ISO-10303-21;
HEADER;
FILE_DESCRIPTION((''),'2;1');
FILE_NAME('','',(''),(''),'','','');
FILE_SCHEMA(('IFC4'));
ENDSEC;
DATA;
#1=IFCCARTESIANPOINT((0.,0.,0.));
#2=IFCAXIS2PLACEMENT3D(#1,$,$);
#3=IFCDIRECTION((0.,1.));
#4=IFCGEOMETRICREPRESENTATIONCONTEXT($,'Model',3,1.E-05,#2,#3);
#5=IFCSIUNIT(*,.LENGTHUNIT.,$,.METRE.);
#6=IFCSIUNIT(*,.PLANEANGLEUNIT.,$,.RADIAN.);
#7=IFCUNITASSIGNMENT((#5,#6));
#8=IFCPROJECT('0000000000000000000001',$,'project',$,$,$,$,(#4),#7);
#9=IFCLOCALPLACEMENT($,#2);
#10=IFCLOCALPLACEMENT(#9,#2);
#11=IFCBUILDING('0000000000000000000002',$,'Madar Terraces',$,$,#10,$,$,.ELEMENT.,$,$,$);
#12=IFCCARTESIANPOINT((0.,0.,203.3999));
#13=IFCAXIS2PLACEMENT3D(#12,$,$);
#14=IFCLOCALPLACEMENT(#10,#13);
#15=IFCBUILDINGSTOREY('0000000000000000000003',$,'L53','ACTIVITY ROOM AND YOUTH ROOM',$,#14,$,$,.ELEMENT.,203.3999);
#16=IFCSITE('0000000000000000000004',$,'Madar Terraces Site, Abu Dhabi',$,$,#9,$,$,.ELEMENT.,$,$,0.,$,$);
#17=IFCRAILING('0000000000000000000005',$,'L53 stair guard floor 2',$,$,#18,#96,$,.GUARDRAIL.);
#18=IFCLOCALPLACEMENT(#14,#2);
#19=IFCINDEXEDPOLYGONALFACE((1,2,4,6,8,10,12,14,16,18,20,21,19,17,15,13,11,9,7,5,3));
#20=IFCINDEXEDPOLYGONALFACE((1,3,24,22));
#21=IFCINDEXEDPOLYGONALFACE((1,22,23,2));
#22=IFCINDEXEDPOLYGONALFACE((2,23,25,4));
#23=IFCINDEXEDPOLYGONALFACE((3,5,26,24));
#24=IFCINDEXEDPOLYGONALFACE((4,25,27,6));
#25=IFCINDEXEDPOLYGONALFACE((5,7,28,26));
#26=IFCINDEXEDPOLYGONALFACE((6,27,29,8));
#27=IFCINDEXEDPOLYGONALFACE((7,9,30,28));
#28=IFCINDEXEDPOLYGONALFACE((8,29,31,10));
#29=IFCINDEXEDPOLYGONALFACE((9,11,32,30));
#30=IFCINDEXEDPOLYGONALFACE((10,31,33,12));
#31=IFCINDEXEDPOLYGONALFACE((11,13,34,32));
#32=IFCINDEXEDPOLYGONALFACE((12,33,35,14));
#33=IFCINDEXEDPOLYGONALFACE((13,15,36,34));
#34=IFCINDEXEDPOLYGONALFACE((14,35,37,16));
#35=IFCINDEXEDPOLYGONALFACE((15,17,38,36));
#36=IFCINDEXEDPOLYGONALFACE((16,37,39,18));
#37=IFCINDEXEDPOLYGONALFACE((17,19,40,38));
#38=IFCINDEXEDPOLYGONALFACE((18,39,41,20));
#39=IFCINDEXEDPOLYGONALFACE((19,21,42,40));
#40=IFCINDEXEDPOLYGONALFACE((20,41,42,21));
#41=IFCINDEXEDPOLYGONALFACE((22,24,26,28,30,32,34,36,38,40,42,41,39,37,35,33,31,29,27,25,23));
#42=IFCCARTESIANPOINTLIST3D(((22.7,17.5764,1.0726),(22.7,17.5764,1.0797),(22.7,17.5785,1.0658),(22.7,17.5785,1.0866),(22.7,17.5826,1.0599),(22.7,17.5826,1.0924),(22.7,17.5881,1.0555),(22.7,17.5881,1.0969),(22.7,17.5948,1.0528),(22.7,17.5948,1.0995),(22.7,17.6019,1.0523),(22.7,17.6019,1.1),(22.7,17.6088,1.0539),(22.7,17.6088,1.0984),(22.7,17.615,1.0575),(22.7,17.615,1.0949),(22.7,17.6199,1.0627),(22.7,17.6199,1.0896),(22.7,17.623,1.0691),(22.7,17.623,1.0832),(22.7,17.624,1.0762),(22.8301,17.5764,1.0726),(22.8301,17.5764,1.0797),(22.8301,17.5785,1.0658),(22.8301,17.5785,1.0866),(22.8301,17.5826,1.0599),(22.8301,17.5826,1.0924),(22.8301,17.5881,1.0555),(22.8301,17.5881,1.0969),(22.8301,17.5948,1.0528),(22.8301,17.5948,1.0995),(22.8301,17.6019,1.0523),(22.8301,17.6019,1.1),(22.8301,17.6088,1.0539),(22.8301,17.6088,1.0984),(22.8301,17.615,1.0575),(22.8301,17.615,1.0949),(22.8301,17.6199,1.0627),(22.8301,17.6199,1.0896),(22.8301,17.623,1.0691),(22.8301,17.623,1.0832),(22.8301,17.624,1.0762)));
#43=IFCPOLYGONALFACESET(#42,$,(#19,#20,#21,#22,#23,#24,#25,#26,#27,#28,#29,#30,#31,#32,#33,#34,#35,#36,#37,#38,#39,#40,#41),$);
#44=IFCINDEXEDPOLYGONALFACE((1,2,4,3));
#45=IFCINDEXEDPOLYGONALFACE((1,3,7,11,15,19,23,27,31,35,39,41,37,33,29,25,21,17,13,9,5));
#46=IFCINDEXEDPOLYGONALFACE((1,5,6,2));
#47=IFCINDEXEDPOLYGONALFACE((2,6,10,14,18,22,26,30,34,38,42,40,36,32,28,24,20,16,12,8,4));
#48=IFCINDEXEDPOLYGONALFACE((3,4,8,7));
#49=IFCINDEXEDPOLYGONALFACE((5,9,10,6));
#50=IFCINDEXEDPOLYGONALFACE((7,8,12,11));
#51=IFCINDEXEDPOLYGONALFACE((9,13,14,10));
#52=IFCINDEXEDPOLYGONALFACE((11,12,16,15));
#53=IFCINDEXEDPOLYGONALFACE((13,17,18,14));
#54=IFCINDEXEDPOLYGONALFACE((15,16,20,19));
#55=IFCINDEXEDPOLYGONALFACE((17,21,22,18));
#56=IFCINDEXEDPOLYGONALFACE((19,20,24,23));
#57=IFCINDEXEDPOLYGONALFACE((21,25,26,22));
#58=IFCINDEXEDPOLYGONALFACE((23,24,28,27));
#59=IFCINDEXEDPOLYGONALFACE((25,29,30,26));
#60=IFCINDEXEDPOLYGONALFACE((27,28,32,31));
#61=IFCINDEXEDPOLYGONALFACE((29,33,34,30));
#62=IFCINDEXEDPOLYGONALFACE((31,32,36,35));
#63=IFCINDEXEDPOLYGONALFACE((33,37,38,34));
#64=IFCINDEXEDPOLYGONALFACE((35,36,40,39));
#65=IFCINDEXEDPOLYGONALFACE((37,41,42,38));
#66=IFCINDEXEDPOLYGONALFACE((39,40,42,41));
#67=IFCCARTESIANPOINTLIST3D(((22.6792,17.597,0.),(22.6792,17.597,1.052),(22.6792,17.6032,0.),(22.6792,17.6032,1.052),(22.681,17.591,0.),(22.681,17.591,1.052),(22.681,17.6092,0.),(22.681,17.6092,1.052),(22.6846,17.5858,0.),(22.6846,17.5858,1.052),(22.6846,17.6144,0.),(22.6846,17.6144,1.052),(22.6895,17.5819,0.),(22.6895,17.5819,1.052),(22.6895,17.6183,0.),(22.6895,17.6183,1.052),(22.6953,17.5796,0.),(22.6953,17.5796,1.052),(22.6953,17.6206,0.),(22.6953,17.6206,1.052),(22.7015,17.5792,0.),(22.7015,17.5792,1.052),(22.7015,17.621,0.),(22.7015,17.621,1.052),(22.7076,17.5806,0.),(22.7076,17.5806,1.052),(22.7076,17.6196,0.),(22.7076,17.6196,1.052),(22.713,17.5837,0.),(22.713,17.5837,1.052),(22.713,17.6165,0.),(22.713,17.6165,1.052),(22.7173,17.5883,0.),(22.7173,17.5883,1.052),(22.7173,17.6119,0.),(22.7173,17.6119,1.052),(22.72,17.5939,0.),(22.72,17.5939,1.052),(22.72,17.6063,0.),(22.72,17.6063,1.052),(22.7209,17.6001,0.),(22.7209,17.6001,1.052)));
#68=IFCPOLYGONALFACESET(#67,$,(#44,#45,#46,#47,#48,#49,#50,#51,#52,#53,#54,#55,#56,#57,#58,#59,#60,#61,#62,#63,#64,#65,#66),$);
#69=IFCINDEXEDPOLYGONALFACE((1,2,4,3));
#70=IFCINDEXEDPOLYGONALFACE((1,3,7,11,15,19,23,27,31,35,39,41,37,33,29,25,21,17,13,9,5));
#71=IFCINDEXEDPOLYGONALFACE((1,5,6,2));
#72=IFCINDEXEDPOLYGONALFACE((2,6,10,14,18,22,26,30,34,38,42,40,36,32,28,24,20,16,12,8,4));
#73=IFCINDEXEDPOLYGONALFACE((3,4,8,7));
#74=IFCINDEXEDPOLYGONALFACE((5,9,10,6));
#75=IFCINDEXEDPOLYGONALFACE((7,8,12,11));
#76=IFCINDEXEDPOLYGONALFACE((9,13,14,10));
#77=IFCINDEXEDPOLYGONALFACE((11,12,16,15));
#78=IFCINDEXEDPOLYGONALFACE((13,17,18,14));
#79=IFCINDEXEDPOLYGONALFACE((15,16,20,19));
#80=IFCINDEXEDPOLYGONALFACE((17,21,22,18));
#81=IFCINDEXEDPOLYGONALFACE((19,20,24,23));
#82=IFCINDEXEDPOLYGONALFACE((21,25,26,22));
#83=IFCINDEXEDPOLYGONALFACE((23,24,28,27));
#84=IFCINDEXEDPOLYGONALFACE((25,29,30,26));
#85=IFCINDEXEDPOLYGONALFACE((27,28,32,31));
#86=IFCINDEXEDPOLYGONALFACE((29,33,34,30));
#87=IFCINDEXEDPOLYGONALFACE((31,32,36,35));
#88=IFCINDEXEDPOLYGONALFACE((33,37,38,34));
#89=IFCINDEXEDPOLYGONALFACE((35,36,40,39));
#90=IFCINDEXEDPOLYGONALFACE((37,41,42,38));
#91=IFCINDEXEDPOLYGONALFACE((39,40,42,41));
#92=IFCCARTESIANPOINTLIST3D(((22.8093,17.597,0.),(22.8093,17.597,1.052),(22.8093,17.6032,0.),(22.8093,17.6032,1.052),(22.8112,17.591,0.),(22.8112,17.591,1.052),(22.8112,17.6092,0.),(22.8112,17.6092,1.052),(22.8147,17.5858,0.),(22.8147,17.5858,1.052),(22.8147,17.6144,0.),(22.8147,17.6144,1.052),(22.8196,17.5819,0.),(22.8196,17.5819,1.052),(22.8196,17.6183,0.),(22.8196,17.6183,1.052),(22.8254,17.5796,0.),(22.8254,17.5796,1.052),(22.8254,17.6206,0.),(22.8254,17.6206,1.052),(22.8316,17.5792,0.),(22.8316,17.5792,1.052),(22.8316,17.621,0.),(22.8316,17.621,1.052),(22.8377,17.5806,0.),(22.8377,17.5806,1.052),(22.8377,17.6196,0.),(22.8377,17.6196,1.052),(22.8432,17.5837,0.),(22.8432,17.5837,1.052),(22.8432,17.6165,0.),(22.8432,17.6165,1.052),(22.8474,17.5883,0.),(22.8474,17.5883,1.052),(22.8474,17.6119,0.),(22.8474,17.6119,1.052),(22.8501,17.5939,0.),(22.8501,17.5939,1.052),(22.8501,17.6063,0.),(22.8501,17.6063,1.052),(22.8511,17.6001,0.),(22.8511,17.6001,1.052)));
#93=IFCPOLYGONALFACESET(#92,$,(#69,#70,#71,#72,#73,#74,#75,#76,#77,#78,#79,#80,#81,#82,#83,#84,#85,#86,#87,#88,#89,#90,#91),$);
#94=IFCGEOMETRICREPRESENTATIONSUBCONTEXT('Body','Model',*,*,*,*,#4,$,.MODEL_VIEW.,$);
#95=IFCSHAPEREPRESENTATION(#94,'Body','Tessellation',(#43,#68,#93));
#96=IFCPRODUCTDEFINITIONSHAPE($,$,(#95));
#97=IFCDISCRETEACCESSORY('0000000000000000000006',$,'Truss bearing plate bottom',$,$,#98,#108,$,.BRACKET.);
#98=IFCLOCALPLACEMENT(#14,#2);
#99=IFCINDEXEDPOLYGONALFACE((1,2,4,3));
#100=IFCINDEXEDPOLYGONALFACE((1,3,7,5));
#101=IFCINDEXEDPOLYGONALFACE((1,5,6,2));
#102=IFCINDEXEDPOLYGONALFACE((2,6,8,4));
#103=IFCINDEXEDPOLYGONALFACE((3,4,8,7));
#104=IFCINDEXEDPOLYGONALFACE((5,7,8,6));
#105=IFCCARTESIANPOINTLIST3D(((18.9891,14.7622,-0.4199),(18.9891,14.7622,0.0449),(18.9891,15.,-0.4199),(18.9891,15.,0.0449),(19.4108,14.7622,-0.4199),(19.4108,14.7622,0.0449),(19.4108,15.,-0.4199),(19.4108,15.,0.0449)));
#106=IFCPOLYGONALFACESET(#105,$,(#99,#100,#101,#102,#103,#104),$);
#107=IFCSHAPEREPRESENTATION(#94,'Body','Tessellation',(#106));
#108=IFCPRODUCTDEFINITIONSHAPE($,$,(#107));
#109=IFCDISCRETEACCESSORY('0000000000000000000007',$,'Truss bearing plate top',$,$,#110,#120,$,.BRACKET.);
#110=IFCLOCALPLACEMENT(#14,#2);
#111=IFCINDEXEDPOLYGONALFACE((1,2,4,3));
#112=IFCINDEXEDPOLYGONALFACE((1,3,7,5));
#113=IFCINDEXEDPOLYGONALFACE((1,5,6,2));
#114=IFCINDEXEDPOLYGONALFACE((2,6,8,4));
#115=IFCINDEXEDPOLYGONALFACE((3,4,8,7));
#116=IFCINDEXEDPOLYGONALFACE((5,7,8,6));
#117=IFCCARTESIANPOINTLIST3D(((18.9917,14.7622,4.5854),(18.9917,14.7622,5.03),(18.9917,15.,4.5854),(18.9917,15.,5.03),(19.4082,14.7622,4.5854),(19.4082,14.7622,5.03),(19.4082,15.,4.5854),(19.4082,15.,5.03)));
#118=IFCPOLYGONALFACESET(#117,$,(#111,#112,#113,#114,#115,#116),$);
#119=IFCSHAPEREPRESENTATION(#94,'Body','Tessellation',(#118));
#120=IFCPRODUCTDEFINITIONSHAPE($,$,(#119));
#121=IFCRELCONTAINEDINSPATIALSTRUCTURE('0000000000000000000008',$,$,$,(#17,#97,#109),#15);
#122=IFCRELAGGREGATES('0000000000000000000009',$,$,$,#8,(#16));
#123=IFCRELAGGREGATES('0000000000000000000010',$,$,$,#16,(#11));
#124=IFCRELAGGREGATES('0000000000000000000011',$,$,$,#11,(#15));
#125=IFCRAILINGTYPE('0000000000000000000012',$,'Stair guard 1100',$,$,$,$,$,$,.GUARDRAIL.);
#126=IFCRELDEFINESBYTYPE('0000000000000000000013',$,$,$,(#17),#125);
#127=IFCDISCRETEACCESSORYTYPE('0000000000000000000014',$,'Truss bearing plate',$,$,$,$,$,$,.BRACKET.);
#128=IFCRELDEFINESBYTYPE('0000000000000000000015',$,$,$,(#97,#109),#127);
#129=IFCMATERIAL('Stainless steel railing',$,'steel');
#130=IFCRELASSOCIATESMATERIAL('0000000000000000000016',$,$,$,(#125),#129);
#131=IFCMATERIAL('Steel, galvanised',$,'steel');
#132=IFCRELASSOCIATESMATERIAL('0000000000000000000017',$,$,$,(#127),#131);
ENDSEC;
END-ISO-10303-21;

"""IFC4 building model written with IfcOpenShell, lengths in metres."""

from ifc_helpers import new_model, si_unit, direction, frame, origin, origin_2d, place, context, subcontext, project, spatial, rectangle, circle, extrude, material, type_object, element, save


model = new_model("IFC4")

# Units and contexts
model_context = context("Model", 3, precision=1e-05, world=origin(), true_north=direction((0.0, 1.0)))
body_context = subcontext(model_context, "Body", "Model", "MODEL_VIEW")
ifc_project = project(units=[si_unit("LENGTHUNIT", "METRE"), si_unit("PLANEANGLEUNIT", "RADIAN")], contexts=[model_context])

# Site, building, storey
site_placement = place(None, origin())
site = spatial("IfcSite", under=ifc_project, at=site_placement, Name="Madar Terraces Site, Abu Dhabi", CompositionType="ELEMENT", RefElevation=0.0)
building_placement = place(site_placement, origin())
building = spatial("IfcBuilding", under=site, at=building_placement, Name="Madar Terraces", CompositionType="ELEMENT")
storey_placement = place(building_placement, frame((0.0, 0.0, 203.3999)))
storey = spatial("IfcBuildingStorey", under=building, at=storey_placement, Name="L53", Description="ACTIVITY ROOM AND YOUTH ROOM", CompositionType="ELEMENT", Elevation=203.3999)

# Railing
ifc_material_1 = material(Name="Stainless steel railing", Category="steel")
railing_type_1 = type_object("IfcRailingType", Name="Stair guard 1100", PredefinedType="GUARDRAIL", material=ifc_material_1)
railing_1_placement = place(storey_placement, frame((22.7, 17.6001, 0.0)))
element("IfcRailing", 1, at=railing_1_placement, inside=storey, type_object=railing_type_1, Name="L53 stair guard floor 2", PredefinedType="GUARDRAIL", context=body_context, shape_type="SweptSolid", body=[
    extrude(circle(Radius=0.0239, at=origin_2d()), frame((0.0, 0.0, 1.0762), z_axis=(1.0, 0.0, 0.0), x_axis=(0.0, 1.0, 0.0)), (0.0, 0.0, 1.0), 0.1301),
    extrude(circle(Radius=0.021, at=origin_2d()), origin(), (0.0, 0.0, 1.0), 1.052),
    extrude(circle(Radius=0.021, at=origin_2d()), frame((0.1301, 0.0, 0.0)), (0.0, 0.0, 1.0), 1.052),
])

# Discrete accessories
ifc_material_2 = material(Name="Steel, galvanised", Category="steel")
discrete_accessory_type = type_object("IfcDiscreteAccessoryType", Name="Truss bearing plate", PredefinedType="BRACKET", material=ifc_material_2)
discrete_accessory_1_placement = place(storey_placement, frame((19.2, 14.8811, -0.4199), z_axis=(0.0, 0.0, 1.0), x_axis=(1.0, 0.0, 0.0)))
element("IfcDiscreteAccessory", 2, at=discrete_accessory_1_placement, inside=storey, type_object=discrete_accessory_type, Name="Truss bearing plate bottom", PredefinedType="BRACKET", context=body_context, shape_type="SweptSolid", body=[
    extrude(rectangle(XDim=0.4216, YDim=0.2378, at=origin_2d()), origin(), (0.0, 0.0, 1.0), 0.4648),
])
discrete_accessory_2_placement = place(storey_placement, frame((19.2, 14.8811, 4.5854), z_axis=(0.0, 0.0, 1.0), x_axis=(1.0, 0.0, 0.0)))
element("IfcDiscreteAccessory", 3, at=discrete_accessory_2_placement, inside=storey, type_object=discrete_accessory_type, Name="Truss bearing plate top", PredefinedType="BRACKET", context=body_context, shape_type="SweptSolid", body=[
    extrude(rectangle(XDim=0.4165, YDim=0.2378, at=origin_2d()), origin(), (0.0, 0.0, 1.0), 0.4446),
])

save(model, "model.ifc")
